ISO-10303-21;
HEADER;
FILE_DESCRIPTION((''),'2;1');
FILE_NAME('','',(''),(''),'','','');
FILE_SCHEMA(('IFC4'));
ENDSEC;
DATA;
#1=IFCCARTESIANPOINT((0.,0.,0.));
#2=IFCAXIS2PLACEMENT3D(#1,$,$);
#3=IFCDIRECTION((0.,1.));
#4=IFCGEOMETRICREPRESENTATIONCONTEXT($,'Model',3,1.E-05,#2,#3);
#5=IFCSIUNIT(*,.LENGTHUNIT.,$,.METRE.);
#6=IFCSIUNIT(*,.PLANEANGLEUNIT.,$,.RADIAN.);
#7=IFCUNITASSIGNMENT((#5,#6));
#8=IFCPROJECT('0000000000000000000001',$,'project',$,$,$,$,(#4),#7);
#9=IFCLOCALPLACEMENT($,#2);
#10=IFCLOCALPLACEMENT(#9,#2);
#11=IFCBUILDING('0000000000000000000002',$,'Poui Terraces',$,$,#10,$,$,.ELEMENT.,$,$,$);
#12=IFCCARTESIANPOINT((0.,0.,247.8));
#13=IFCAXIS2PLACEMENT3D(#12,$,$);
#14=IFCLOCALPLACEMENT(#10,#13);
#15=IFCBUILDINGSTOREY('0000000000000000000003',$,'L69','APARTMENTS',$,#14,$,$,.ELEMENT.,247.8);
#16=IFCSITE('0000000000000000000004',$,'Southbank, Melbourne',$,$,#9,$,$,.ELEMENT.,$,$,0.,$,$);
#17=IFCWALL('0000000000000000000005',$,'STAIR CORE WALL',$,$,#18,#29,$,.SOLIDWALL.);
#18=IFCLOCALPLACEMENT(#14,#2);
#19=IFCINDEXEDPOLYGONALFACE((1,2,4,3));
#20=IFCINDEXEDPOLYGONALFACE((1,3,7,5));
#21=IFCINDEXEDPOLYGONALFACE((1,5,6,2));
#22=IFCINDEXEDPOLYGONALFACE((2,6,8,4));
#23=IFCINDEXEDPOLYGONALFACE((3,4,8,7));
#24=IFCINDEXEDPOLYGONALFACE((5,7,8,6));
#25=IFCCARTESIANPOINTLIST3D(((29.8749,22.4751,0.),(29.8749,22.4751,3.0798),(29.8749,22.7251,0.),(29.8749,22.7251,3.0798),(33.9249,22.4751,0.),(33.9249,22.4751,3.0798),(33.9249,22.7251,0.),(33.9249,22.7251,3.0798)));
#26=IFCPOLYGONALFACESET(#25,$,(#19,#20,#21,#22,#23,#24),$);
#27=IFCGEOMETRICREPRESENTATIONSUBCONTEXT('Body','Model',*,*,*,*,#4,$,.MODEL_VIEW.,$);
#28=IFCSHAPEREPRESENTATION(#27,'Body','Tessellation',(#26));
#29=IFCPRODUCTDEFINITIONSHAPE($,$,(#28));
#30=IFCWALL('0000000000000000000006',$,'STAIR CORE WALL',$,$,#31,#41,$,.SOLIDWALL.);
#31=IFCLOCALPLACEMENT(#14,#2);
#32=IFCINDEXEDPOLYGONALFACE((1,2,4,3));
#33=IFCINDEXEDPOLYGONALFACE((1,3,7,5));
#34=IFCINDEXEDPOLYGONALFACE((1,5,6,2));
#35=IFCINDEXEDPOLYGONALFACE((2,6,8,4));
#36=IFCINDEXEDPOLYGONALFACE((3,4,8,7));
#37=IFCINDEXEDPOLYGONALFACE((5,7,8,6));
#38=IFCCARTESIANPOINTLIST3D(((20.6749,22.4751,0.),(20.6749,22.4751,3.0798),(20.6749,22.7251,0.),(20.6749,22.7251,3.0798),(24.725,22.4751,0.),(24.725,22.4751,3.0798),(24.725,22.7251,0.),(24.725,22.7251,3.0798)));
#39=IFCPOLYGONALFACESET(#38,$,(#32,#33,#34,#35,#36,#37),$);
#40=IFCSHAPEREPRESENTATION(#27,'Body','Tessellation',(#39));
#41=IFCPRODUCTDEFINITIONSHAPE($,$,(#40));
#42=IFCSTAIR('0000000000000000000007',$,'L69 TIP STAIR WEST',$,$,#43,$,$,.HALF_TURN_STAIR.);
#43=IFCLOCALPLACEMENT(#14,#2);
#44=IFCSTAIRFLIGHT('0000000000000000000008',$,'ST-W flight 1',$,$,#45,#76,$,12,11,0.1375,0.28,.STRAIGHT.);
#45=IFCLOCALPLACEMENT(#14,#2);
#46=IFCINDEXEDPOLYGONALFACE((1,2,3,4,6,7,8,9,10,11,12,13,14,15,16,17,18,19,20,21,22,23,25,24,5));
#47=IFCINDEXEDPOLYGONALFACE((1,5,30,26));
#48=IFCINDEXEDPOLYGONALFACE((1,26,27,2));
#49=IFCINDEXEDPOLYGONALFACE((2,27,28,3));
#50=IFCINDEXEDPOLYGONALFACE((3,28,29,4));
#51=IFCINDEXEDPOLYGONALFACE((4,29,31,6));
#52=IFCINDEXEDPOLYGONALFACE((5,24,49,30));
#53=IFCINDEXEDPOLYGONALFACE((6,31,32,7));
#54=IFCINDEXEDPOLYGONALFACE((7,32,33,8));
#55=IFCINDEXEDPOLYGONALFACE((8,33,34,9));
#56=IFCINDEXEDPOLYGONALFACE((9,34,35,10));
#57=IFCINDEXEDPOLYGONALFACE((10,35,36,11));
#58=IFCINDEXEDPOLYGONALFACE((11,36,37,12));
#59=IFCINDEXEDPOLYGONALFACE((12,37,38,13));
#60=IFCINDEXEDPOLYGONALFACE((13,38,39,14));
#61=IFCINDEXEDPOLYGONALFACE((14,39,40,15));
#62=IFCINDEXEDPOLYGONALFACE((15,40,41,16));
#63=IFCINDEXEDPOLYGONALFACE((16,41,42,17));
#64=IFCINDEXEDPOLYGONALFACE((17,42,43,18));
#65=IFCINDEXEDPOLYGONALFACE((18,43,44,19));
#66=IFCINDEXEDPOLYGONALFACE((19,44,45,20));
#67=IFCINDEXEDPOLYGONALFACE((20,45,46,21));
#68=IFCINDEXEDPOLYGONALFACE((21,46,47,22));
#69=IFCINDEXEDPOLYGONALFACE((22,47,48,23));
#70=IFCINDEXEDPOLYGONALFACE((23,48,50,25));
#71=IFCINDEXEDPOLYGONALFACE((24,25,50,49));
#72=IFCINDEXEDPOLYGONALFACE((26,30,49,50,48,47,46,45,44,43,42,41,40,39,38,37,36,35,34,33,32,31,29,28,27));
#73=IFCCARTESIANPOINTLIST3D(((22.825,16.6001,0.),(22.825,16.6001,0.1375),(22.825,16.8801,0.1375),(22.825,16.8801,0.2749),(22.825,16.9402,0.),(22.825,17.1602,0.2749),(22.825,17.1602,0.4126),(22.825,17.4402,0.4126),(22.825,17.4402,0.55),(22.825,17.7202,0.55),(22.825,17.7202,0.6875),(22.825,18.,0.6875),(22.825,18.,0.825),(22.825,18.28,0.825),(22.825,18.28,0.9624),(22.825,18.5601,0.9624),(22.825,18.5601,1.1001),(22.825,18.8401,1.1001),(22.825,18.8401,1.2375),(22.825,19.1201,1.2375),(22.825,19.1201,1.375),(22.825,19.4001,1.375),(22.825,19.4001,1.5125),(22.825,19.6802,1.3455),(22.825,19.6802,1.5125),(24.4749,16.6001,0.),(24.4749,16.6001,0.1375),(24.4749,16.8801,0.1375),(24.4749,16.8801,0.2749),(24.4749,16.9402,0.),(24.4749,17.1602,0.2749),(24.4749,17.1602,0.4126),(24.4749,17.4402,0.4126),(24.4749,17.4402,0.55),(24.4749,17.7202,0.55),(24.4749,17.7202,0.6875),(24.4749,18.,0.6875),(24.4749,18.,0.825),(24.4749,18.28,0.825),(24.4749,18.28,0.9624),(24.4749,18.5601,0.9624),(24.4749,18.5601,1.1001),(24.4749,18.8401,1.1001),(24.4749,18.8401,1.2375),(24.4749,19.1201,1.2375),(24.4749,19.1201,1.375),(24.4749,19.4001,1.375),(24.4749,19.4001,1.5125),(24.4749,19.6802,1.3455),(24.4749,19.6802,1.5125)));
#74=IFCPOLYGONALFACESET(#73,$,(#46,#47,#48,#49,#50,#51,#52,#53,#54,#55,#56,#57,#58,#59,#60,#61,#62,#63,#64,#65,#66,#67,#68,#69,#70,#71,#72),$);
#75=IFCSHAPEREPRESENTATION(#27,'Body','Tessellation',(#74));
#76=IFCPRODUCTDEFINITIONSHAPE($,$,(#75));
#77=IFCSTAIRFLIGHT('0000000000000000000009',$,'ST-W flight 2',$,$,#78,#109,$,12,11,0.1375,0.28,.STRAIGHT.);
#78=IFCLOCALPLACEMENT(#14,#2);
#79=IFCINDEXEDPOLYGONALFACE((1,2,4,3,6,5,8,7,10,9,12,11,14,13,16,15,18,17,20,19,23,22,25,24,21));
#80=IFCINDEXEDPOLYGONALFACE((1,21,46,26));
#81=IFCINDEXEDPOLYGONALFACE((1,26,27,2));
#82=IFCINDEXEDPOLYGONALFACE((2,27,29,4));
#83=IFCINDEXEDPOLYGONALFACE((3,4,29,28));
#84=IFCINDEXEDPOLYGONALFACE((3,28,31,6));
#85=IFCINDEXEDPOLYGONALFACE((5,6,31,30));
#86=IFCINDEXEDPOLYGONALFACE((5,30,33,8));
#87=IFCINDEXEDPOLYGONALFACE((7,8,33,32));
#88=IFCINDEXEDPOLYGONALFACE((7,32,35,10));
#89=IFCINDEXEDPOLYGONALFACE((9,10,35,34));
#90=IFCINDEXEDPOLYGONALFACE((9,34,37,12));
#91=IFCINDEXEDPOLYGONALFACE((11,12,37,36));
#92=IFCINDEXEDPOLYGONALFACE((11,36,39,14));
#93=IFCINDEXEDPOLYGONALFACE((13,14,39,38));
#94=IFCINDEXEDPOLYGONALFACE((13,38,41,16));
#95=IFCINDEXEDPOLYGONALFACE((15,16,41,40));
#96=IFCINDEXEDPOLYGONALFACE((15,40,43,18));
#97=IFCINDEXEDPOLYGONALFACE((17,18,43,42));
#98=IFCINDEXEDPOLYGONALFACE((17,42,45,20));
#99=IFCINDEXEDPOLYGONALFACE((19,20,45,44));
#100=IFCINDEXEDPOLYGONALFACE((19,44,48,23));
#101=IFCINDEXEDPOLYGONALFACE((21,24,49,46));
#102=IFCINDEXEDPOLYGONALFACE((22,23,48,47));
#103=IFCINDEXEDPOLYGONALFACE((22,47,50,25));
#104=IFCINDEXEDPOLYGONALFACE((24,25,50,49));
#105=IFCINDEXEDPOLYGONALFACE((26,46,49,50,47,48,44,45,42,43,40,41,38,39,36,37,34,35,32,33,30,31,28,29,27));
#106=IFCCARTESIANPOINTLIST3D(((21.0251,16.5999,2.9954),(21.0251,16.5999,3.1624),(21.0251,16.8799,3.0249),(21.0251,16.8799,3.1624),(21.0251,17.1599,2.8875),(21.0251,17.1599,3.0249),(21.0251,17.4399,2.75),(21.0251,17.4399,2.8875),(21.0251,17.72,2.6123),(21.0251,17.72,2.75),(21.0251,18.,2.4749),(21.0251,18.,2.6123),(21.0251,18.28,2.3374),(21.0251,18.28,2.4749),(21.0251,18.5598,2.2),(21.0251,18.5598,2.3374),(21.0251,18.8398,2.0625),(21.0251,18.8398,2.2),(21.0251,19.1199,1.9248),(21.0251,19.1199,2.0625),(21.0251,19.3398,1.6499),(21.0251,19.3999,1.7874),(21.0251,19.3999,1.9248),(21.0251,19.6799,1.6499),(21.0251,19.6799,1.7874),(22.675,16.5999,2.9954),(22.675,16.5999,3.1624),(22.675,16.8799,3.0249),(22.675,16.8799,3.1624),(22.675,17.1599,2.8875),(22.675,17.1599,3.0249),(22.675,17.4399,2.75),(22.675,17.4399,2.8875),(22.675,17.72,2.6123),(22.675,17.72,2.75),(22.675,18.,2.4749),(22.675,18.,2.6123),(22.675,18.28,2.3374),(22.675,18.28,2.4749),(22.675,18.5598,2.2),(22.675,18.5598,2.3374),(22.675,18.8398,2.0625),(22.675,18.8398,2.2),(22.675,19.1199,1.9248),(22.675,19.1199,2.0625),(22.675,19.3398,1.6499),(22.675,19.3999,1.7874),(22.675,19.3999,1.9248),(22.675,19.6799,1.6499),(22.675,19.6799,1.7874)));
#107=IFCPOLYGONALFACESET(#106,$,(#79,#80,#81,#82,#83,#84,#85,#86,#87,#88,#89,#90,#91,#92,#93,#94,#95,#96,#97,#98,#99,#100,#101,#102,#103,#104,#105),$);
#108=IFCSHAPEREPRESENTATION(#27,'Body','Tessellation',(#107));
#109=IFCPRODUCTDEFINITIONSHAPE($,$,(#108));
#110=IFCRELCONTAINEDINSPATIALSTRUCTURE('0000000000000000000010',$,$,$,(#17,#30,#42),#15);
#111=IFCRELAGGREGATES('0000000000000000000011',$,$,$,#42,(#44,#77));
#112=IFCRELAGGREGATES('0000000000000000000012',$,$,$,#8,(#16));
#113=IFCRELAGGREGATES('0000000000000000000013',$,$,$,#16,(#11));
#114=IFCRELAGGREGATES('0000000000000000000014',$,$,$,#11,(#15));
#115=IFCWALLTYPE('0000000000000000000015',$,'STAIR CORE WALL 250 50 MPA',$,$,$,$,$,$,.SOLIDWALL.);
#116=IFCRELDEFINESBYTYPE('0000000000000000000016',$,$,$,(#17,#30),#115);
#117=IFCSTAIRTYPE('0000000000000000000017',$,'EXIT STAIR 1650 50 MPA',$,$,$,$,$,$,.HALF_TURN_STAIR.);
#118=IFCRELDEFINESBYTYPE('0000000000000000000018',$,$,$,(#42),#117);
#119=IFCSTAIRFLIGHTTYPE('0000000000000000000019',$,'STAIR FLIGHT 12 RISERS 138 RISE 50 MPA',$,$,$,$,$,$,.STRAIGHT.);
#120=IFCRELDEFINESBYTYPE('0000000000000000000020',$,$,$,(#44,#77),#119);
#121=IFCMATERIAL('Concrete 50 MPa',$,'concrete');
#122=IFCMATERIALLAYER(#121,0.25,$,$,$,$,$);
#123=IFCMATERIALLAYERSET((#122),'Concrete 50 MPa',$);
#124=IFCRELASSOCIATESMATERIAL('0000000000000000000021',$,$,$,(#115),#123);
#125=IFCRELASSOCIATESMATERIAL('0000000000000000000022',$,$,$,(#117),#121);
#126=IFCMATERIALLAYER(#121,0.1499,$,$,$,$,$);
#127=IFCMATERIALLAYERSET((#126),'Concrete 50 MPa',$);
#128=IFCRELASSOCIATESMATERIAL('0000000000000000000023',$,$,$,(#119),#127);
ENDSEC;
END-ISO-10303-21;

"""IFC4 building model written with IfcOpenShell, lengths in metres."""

from ifc_helpers import new_model, si_unit, direction, frame, frame_2d, origin, place, context, subcontext, project, spatial, polyline, rectangle, outline, extrude, material, layer, layer_set, type_object, element, aggregate, save


model = new_model("IFC4")

# Units and contexts
model_context = context("Model", 3, precision=1e-05, world=origin(), true_north=direction((0.0, 1.0)))
body_context = subcontext(model_context, "Body", "Model", "MODEL_VIEW")
ifc_project = project(units=[si_unit("LENGTHUNIT", "METRE"), si_unit("PLANEANGLEUNIT", "RADIAN")], contexts=[model_context])

# Site, building, storey
site_placement = place(None, origin())
site = spatial("IfcSite", under=ifc_project, at=site_placement, Name="Southbank, Melbourne", CompositionType="ELEMENT", RefElevation=0.0)
building_placement = place(site_placement, origin())
building = spatial("IfcBuilding", under=site, at=building_placement, Name="Poui Terraces", CompositionType="ELEMENT")
storey_placement = place(building_placement, frame((0.0, 0.0, 247.8)))
storey = spatial("IfcBuildingStorey", under=building, at=storey_placement, Name="L69", Description="APARTMENTS", CompositionType="ELEMENT", Elevation=247.8)

# Walls
ifc_material_1 = material(Name="Concrete 50 MPa", Category="concrete")
ifc_layer_1 = layer(ifc_material_1, 0.25)
ifc_layer_set_1 = layer_set([ifc_layer_1], Name="Concrete 50 MPa")
wall_type = type_object("IfcWallType", Name="STAIR CORE WALL 250 50 MPA", PredefinedType="SOLIDWALL", material=ifc_layer_set_1)
for number, where, z_axis, x_axis, name in (
    (1, (29.875, 22.6001, 0.0), (0.0, 0.0, 1.0), (1.0, 0.0, 0.0), "STAIR CORE WALL"),
    (2, (20.675, 22.6001, 0.0), (0.0, 0.0, 1.0), (1.0, 0.0, 0.0), "STAIR CORE WALL"),
):
    element("IfcWall", number, at=place(storey_placement, frame(where, z_axis=z_axis, x_axis=x_axis)), inside=storey, type_object=wall_type, Name=name, PredefinedType="SOLIDWALL", context=body_context, shape_type="SweptSolid", body=[
        extrude(rectangle(XDim=4.05, YDim=0.25, at=frame_2d((2.0249, 0.0))), origin(), (0.0, 0.0, 1.0), 3.0798),
    ])

# Stair, stair flights
stair_type = type_object("IfcStairType", Name="EXIT STAIR 1650 50 MPA", PredefinedType="HALF_TURN_STAIR", material=ifc_material_1)
stair_placement = place(storey_placement, origin())
stair = element("IfcStair", 3, at=stair_placement, inside=storey, type_object=stair_type, Name="L69 TIP STAIR WEST", PredefinedType="HALF_TURN_STAIR")
ifc_layer_2 = layer(ifc_material_1, 0.1499)
ifc_layer_set_2 = layer_set([ifc_layer_2], Name="Concrete 50 MPa")
stair_flight_type = type_object("IfcStairFlightType", Name="STAIR FLIGHT 12 RISERS 138 RISE 50 MPA", PredefinedType="STRAIGHT", material=ifc_layer_set_2)
stair_flight_1_placement = place(storey_placement, frame((23.6499, 16.6001, 0.0), z_axis=(0.0, 0.0, 1.0), x_axis=(0.0, 1.0, 0.0)))
stair_flight_1 = element("IfcStairFlight", 4, at=stair_flight_1_placement, type_object=stair_flight_type, Name="ST-W flight 1", NumberOfRisers=12, NumberOfTreads=11, PredefinedType="STRAIGHT", RiserHeight=0.1375, TreadLength=0.28, context=body_context, shape_type="SweptSolid", body=[
    extrude(outline(polyline([(0.0, 0.0), (0.0, 0.1375), (0.28, 0.1375), (0.28, 0.2749), (0.5601, 0.2749), (0.5601, 0.4126), (0.8401, 0.4126), (0.8401, 0.55), (1.1201, 0.55), (1.1201, 0.6875), (1.3999, 0.6875), (1.3999, 0.825), (1.6799, 0.825), (1.6799, 0.9624), (1.96, 0.9624), (1.96, 1.1001), (2.24, 1.1001), (2.24, 1.2375), (2.52, 1.2375), (2.52, 1.375), (2.8, 1.375), (2.8, 1.5125), (3.0801, 1.5125), (3.0801, 1.6499), (3.0801, 1.3455), (0.3401, 0.0), (0.0, 0.0)])), frame((0.0, 0.825, 0.0), z_axis=(0.0, -1.0, 0.0), x_axis=(1.0, 0.0, 0.0)), (0.0, 0.0, 1.0), 1.6499),
])
stair_flight_2_placement = place(storey_placement, frame((21.8501, 19.6799, 1.6499), z_axis=(0.0, 0.0, 1.0), x_axis=(0.0, -1.0, 0.0)))
stair_flight_2 = element("IfcStairFlight", 5, at=stair_flight_2_placement, type_object=stair_flight_type, Name="ST-W flight 2", NumberOfRisers=12, NumberOfTreads=11, PredefinedType="STRAIGHT", RiserHeight=0.1375, TreadLength=0.28, context=body_context, shape_type="SweptSolid", body=[
    extrude(outline(polyline([(0.0, 0.0), (0.0, 0.1375), (0.28, 0.1375), (0.28, 0.2749), (0.5601, 0.2749), (0.5601, 0.4126), (0.8401, 0.4126), (0.8401, 0.55), (1.1201, 0.55), (1.1201, 0.6875), (1.3999, 0.6875), (1.3999, 0.825), (1.6799, 0.825), (1.6799, 0.9624), (1.96, 0.9624), (1.96, 1.1001), (2.24, 1.1001), (2.24, 1.2375), (2.52, 1.2375), (2.52, 1.375), (2.8, 1.375), (2.8, 1.5125), (3.0801, 1.5125), (3.0801, 1.6499), (3.0801, 1.3455), (0.3401, 0.0), (0.0, 0.0)])), frame((0.0, 0.825, 0.0), z_axis=(0.0, -1.0, 0.0), x_axis=(1.0, 0.0, 0.0)), (0.0, 0.0, 1.0), 1.6499),
])
aggregate(stair, [stair_flight_1, stair_flight_2])

save(model, "model.ifc")
